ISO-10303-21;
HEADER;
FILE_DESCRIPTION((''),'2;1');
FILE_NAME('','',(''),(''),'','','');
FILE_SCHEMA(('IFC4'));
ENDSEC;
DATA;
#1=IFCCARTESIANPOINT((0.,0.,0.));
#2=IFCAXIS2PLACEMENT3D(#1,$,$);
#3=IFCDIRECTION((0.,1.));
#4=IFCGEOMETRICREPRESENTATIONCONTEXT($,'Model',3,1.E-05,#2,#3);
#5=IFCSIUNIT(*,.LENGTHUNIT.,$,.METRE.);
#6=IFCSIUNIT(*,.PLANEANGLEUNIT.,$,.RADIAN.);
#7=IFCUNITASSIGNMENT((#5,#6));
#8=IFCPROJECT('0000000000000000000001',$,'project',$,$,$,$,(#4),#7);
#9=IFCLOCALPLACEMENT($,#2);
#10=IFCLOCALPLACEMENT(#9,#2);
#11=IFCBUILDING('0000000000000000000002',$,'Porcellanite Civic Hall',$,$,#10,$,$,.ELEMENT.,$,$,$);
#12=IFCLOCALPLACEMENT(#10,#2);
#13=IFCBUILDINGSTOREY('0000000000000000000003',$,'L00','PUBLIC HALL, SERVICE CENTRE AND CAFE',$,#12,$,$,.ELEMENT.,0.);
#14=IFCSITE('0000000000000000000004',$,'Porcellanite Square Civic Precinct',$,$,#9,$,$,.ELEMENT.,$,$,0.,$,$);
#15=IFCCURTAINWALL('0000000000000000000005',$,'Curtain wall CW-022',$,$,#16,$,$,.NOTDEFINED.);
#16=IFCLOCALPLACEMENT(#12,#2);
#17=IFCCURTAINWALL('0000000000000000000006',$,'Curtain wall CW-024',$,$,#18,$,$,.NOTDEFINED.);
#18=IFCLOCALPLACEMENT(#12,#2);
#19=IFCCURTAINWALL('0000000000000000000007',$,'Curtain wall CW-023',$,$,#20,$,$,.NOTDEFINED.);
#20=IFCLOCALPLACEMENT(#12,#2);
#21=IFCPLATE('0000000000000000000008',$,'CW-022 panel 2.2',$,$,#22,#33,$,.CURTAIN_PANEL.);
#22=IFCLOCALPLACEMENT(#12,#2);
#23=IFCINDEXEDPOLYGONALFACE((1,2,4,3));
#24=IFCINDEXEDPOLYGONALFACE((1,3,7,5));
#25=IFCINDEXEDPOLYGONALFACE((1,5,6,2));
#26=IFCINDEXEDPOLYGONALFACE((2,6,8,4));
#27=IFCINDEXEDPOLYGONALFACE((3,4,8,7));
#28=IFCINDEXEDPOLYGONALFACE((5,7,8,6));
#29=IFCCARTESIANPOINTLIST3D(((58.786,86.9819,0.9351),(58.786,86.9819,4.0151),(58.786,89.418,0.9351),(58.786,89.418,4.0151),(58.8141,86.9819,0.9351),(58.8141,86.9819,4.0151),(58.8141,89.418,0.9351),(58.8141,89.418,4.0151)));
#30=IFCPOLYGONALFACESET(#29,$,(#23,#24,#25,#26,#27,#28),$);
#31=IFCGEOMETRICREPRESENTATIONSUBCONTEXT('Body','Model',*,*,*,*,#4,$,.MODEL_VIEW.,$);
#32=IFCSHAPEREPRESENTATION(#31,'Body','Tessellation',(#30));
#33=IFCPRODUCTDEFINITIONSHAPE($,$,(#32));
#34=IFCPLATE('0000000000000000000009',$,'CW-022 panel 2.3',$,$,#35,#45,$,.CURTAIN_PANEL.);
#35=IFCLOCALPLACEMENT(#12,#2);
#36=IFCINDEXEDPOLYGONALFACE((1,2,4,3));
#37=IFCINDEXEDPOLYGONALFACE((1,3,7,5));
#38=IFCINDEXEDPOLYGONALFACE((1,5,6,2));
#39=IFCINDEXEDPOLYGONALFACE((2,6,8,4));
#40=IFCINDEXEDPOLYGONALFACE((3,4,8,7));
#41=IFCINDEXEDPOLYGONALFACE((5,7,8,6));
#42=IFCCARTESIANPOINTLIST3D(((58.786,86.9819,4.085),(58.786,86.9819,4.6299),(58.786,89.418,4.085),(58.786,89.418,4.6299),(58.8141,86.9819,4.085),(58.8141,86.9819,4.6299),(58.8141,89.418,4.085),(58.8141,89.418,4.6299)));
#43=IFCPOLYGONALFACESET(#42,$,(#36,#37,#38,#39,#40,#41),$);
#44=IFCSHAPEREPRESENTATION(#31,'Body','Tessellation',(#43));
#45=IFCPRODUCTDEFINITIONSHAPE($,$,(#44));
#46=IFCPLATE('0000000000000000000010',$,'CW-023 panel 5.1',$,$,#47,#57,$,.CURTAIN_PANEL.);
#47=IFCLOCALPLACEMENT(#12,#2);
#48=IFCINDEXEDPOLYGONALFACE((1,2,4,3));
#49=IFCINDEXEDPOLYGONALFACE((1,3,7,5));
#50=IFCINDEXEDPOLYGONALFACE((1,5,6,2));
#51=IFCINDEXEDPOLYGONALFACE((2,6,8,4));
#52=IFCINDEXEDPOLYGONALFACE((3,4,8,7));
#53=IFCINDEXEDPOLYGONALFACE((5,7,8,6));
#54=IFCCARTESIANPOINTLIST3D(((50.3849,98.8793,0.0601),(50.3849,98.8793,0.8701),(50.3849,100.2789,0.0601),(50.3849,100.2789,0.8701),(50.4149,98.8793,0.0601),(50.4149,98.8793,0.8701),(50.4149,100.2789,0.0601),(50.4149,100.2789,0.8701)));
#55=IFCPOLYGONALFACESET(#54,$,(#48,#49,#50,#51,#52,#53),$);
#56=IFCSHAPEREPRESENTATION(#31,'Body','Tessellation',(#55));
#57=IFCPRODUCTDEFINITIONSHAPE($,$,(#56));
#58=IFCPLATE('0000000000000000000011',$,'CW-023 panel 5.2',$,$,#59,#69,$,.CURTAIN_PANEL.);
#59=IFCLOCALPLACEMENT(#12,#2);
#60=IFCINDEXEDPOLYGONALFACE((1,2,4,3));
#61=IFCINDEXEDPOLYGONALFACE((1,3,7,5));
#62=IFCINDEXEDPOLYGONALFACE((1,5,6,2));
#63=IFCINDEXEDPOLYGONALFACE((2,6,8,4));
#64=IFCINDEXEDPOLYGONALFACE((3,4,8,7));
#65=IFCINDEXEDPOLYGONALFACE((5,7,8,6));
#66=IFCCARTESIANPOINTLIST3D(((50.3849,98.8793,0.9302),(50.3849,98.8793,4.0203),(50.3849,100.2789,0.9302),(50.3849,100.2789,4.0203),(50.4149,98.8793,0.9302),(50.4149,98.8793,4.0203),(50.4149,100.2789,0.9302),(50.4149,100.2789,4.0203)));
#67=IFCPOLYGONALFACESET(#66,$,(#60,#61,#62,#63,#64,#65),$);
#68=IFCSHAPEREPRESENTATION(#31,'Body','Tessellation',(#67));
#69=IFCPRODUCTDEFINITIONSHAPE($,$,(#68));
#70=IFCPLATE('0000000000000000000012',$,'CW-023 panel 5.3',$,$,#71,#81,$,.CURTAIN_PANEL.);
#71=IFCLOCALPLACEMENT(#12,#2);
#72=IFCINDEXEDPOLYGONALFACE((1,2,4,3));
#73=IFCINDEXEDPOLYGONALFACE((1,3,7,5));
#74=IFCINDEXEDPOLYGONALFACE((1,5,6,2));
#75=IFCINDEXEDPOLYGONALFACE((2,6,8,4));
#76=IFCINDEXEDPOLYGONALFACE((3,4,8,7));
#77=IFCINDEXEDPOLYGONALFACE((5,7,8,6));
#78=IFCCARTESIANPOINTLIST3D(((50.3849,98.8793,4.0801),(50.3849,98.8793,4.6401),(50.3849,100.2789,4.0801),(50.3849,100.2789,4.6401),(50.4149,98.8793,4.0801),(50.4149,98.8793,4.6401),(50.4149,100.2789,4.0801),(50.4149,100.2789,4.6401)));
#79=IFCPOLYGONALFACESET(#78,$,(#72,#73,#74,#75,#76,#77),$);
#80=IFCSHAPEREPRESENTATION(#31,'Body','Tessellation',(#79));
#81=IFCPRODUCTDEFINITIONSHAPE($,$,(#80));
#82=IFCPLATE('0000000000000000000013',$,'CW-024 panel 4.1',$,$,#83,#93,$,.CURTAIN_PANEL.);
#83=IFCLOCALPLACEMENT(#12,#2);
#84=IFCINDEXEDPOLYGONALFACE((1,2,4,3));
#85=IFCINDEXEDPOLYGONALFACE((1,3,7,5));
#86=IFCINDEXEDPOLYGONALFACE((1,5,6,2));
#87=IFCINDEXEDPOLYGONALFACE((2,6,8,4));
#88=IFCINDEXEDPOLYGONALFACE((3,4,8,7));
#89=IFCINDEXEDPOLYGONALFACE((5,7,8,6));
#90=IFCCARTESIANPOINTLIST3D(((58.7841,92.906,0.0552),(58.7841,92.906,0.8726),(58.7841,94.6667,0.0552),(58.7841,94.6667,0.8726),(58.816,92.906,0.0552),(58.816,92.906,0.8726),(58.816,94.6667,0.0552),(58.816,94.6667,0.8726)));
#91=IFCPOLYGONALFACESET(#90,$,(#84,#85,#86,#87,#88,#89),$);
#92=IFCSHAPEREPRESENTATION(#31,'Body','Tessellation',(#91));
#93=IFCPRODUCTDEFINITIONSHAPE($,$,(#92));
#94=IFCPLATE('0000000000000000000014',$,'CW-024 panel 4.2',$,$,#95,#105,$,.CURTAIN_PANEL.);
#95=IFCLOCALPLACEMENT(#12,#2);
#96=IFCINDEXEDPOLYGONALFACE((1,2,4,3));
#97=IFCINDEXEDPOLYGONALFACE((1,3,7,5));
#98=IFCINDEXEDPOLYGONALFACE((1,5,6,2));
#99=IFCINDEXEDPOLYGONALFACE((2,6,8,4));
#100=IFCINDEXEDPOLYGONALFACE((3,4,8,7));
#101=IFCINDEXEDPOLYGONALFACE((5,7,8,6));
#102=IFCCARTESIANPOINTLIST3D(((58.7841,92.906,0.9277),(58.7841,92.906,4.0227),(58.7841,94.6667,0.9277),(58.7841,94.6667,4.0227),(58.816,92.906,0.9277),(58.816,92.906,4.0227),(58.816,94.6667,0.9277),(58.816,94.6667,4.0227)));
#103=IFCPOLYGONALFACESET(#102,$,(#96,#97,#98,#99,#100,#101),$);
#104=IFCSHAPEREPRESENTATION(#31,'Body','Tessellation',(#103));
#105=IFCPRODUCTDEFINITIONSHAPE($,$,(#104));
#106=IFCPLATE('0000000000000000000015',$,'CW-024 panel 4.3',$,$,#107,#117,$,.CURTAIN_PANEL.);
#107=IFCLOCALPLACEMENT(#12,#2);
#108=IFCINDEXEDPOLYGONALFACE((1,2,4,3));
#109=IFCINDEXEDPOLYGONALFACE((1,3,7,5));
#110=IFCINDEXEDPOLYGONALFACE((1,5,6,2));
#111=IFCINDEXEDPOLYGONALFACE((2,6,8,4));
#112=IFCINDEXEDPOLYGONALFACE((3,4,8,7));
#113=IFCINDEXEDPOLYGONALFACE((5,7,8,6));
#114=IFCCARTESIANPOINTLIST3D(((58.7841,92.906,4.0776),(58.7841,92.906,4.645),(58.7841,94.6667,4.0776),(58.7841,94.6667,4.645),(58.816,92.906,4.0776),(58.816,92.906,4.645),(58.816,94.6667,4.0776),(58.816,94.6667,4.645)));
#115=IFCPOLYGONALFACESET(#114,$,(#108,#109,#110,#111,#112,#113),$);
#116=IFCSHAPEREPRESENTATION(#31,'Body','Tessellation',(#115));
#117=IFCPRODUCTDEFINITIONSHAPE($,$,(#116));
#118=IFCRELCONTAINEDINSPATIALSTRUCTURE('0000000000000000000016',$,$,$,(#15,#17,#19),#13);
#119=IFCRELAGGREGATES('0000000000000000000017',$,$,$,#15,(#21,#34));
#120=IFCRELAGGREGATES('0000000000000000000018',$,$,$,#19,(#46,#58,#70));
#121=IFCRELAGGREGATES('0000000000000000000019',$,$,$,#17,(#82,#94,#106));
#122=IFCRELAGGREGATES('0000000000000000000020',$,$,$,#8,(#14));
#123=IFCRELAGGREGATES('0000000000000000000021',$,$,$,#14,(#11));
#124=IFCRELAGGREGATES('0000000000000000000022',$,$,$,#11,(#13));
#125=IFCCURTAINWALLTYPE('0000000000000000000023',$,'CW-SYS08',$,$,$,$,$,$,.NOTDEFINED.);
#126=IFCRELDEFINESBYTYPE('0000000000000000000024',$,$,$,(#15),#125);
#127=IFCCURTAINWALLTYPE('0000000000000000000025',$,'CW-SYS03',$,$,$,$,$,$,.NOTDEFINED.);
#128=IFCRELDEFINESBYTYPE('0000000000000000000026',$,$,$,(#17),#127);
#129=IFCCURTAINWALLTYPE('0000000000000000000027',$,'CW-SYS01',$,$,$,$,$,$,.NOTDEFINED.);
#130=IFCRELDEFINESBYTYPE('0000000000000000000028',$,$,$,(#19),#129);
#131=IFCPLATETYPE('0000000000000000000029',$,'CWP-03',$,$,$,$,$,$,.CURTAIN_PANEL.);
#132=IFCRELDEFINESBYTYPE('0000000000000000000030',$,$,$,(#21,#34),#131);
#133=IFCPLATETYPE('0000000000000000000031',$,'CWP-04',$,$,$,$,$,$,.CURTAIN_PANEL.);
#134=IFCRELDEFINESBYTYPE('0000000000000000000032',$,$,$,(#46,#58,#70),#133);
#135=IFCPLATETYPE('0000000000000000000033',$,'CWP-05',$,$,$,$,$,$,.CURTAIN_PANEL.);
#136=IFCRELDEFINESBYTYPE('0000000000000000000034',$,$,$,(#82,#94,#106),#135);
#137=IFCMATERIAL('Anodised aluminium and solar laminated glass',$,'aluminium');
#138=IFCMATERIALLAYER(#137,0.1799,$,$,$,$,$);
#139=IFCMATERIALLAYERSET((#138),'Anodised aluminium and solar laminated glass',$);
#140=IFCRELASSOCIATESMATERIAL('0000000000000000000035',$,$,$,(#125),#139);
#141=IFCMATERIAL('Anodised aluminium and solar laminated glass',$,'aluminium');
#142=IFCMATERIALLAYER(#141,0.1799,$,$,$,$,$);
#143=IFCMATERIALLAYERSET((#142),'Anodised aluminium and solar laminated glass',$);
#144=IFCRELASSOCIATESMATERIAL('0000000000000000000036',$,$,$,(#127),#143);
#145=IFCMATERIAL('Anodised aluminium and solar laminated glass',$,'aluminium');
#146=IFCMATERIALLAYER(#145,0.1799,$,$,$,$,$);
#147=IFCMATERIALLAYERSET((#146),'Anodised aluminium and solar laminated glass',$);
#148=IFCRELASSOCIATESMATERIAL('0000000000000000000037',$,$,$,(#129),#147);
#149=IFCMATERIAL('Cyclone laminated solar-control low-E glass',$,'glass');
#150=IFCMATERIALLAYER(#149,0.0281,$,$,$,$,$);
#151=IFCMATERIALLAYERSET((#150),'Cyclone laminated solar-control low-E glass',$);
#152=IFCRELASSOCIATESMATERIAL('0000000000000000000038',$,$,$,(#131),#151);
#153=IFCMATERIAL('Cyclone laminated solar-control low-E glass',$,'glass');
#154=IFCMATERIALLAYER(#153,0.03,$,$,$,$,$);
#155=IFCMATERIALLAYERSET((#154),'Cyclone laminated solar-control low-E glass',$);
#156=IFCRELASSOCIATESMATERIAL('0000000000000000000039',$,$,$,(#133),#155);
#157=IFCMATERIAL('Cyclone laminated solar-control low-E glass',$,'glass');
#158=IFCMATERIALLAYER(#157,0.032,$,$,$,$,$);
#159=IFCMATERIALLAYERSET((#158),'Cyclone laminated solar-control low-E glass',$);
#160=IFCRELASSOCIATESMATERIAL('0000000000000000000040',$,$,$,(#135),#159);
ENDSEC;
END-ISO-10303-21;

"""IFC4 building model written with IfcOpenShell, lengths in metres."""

from ifc_helpers import new_model, si_unit, direction, frame, origin, origin_2d, place, context, subcontext, project, spatial, rectangle, extrude, material, layer, layer_set, type_object, element, aggregate, save


model = new_model("IFC4")

# Units and contexts
model_context = context("Model", 3, precision=1e-05, world=origin(), true_north=direction((0.0, 1.0)))
body_context = subcontext(model_context, "Body", "Model", "MODEL_VIEW")
ifc_project = project(units=[si_unit("LENGTHUNIT", "METRE"), si_unit("PLANEANGLEUNIT", "RADIAN")], contexts=[model_context])

# Site, building, storey
site_placement = place(None, origin())
site = spatial("IfcSite", under=ifc_project, at=site_placement, Name="Porcellanite Square Civic Precinct", CompositionType="ELEMENT", RefElevation=0.0)
building_placement = place(site_placement, origin())
building = spatial("IfcBuilding", under=site, at=building_placement, Name="Porcellanite Civic Hall", CompositionType="ELEMENT")
storey_placement = place(building_placement, origin())
storey = spatial("IfcBuildingStorey", under=building, at=storey_placement, Name="L00", Description="PUBLIC HALL, SERVICE CENTRE AND CAFE", CompositionType="ELEMENT", Elevation=0.0)

# Curtain wall
ifc_material_1 = material(Name="Anodised aluminium and solar laminated glass", Category="aluminium")
ifc_layer_1 = layer(ifc_material_1, 0.1799)
ifc_layer_set_1 = layer_set([ifc_layer_1], Name="Anodised aluminium and solar laminated glass")
curtain_wall_type_1 = type_object("IfcCurtainWallType", Name="CW-SYS08", PredefinedType="NOTDEFINED", material=ifc_layer_set_1)
curtain_wall_1_placement = place(storey_placement, origin())
curtain_wall_1 = element("IfcCurtainWall", 1, at=curtain_wall_1_placement, inside=storey, type_object=curtain_wall_type_1, Name="Curtain wall CW-022", PredefinedType="NOTDEFINED")

# Curtain walls
ifc_material_2 = material(Name="Anodised aluminium and solar laminated glass", Category="aluminium")
ifc_layer_2 = layer(ifc_material_2, 0.1799)
ifc_layer_set_2 = layer_set([ifc_layer_2], Name="Anodised aluminium and solar laminated glass")
curtain_wall_type_2 = type_object("IfcCurtainWallType", Name="CW-SYS03", PredefinedType="NOTDEFINED", material=ifc_layer_set_2)
curtain_wall_2_placement = place(storey_placement, origin())
curtain_wall_2 = element("IfcCurtainWall", 2, at=curtain_wall_2_placement, inside=storey, type_object=curtain_wall_type_2, Name="Curtain wall CW-024", PredefinedType="NOTDEFINED")
ifc_material_3 = material(Name="Anodised aluminium and solar laminated glass", Category="aluminium")
ifc_layer_3 = layer(ifc_material_3, 0.1799)
ifc_layer_set_3 = layer_set([ifc_layer_3], Name="Anodised aluminium and solar laminated glass")
curtain_wall_type_3 = type_object("IfcCurtainWallType", Name="CW-SYS01", PredefinedType="NOTDEFINED", material=ifc_layer_set_3)
curtain_wall_3_placement = place(storey_placement, origin())
curtain_wall_3 = element("IfcCurtainWall", 3, at=curtain_wall_3_placement, inside=storey, type_object=curtain_wall_type_3, Name="Curtain wall CW-023", PredefinedType="NOTDEFINED")

# Plates
ifc_material_4 = material(Name="Cyclone laminated solar-control low-E glass", Category="glass")
ifc_layer_4 = layer(ifc_material_4, 0.0281)
ifc_layer_set_4 = layer_set([ifc_layer_4], Name="Cyclone laminated solar-control low-E glass")
plate_type_1 = type_object("IfcPlateType", Name="CWP-03", PredefinedType="CURTAIN_PANEL", material=ifc_layer_set_4)
plate_1_placement = place(storey_placement, frame((58.8, 88.2, 0.9351), z_axis=(0.0, 0.0, 1.0), x_axis=(0.0, -1.0, 0.0)))
plate_1 = element("IfcPlate", 4, at=plate_1_placement, type_object=plate_type_1, Name="CW-022 panel 2.2", PredefinedType="CURTAIN_PANEL", context=body_context, shape_type="SweptSolid", body=[
    extrude(rectangle(XDim=2.436, YDim=0.0281, at=origin_2d()), origin(), (0.0, 0.0, 1.0), 3.0801),
])
plate_2_placement = place(storey_placement, frame((58.8, 88.2, 4.085), z_axis=(0.0, 0.0, 1.0), x_axis=(0.0, -1.0, 0.0)))
plate_2 = element("IfcPlate", 5, at=plate_2_placement, type_object=plate_type_1, Name="CW-022 panel 2.3", PredefinedType="CURTAIN_PANEL", context=body_context, shape_type="SweptSolid", body=[
    extrude(rectangle(XDim=2.436, YDim=0.0281, at=origin_2d()), origin(), (0.0, 0.0, 1.0), 0.5449),
])
aggregate(curtain_wall_1, [plate_1, plate_2])
ifc_material_5 = material(Name="Cyclone laminated solar-control low-E glass", Category="glass")
ifc_layer_5 = layer(ifc_material_5, 0.03)
ifc_layer_set_5 = layer_set([ifc_layer_5], Name="Cyclone laminated solar-control low-E glass")
plate_type_2 = type_object("IfcPlateType", Name="CWP-04", PredefinedType="CURTAIN_PANEL", material=ifc_layer_set_5)
plate_3_placement = place(storey_placement, frame((50.3999, 99.5791, 0.0601), z_axis=(0.0, 0.0, 1.0), x_axis=(0.0, 1.0, 0.0)))
plate_3 = element("IfcPlate", 6, at=plate_3_placement, type_object=plate_type_2, Name="CW-023 panel 5.1", PredefinedType="CURTAIN_PANEL", context=body_context, shape_type="SweptSolid", body=[
    extrude(rectangle(XDim=1.3997, YDim=0.03, at=origin_2d()), origin(), (0.0, 0.0, 1.0), 0.8101),
])
plate_4_placement = place(storey_placement, frame((50.3999, 99.5791, 0.9302), z_axis=(0.0, 0.0, 1.0), x_axis=(0.0, 1.0, 0.0)))
plate_4 = element("IfcPlate", 7, at=plate_4_placement, type_object=plate_type_2, Name="CW-023 panel 5.2", PredefinedType="CURTAIN_PANEL", context=body_context, shape_type="SweptSolid", body=[
    extrude(rectangle(XDim=1.3997, YDim=0.03, at=origin_2d()), origin(), (0.0, 0.0, 1.0), 3.0901),
])
plate_5_placement = place(storey_placement, frame((50.3999, 99.5791, 4.0801), z_axis=(0.0, 0.0, 1.0), x_axis=(0.0, 1.0, 0.0)))
plate_5 = element("IfcPlate", 8, at=plate_5_placement, type_object=plate_type_2, Name="CW-023 panel 5.3", PredefinedType="CURTAIN_PANEL", context=body_context, shape_type="SweptSolid", body=[
    extrude(rectangle(XDim=1.3997, YDim=0.03, at=origin_2d()), origin(), (0.0, 0.0, 1.0), 0.5601),
])
aggregate(curtain_wall_3, [plate_3, plate_4, plate_5])
ifc_material_6 = material(Name="Cyclone laminated solar-control low-E glass", Category="glass")
ifc_layer_6 = layer(ifc_material_6, 0.032)
ifc_layer_set_6 = layer_set([ifc_layer_6], Name="Cyclone laminated solar-control low-E glass")
plate_type_3 = type_object("IfcPlateType", Name="CWP-05", PredefinedType="CURTAIN_PANEL", material=ifc_layer_set_6)
plate_6_placement = place(storey_placement, frame((58.8, 93.7864, 0.0552), z_axis=(0.0, 0.0, 1.0), x_axis=(0.0, -1.0, 0.0)))
plate_6 = element("IfcPlate", 9, at=plate_6_placement, type_object=plate_type_3, Name="CW-024 panel 4.1", PredefinedType="CURTAIN_PANEL", context=body_context, shape_type="SweptSolid", body=[
    extrude(rectangle(XDim=1.7607, YDim=0.032, at=origin_2d()), origin(), (0.0, 0.0, 1.0), 0.8174),
])
plate_7_placement = place(storey_placement, frame((58.8, 93.7864, 0.9277), z_axis=(0.0, 0.0, 1.0), x_axis=(0.0, -1.0, 0.0)))
plate_7 = element("IfcPlate", 10, at=plate_7_placement, type_object=plate_type_3, Name="CW-024 panel 4.2", PredefinedType="CURTAIN_PANEL", context=body_context, shape_type="SweptSolid", body=[
    extrude(rectangle(XDim=1.7607, YDim=0.032, at=origin_2d()), origin(), (0.0, 0.0, 1.0), 3.095),
])
plate_8_placement = place(storey_placement, frame((58.8, 93.7864, 4.0776), z_axis=(0.0, 0.0, 1.0), x_axis=(0.0, -1.0, 0.0)))
plate_8 = element("IfcPlate", 11, at=plate_8_placement, type_object=plate_type_3, Name="CW-024 panel 4.3", PredefinedType="CURTAIN_PANEL", context=body_context, shape_type="SweptSolid", body=[
    extrude(rectangle(XDim=1.7607, YDim=0.032, at=origin_2d()), origin(), (0.0, 0.0, 1.0), 0.5674),
])
aggregate(curtain_wall_2, [plate_6, plate_7, plate_8])

save(model, "model.ifc")
